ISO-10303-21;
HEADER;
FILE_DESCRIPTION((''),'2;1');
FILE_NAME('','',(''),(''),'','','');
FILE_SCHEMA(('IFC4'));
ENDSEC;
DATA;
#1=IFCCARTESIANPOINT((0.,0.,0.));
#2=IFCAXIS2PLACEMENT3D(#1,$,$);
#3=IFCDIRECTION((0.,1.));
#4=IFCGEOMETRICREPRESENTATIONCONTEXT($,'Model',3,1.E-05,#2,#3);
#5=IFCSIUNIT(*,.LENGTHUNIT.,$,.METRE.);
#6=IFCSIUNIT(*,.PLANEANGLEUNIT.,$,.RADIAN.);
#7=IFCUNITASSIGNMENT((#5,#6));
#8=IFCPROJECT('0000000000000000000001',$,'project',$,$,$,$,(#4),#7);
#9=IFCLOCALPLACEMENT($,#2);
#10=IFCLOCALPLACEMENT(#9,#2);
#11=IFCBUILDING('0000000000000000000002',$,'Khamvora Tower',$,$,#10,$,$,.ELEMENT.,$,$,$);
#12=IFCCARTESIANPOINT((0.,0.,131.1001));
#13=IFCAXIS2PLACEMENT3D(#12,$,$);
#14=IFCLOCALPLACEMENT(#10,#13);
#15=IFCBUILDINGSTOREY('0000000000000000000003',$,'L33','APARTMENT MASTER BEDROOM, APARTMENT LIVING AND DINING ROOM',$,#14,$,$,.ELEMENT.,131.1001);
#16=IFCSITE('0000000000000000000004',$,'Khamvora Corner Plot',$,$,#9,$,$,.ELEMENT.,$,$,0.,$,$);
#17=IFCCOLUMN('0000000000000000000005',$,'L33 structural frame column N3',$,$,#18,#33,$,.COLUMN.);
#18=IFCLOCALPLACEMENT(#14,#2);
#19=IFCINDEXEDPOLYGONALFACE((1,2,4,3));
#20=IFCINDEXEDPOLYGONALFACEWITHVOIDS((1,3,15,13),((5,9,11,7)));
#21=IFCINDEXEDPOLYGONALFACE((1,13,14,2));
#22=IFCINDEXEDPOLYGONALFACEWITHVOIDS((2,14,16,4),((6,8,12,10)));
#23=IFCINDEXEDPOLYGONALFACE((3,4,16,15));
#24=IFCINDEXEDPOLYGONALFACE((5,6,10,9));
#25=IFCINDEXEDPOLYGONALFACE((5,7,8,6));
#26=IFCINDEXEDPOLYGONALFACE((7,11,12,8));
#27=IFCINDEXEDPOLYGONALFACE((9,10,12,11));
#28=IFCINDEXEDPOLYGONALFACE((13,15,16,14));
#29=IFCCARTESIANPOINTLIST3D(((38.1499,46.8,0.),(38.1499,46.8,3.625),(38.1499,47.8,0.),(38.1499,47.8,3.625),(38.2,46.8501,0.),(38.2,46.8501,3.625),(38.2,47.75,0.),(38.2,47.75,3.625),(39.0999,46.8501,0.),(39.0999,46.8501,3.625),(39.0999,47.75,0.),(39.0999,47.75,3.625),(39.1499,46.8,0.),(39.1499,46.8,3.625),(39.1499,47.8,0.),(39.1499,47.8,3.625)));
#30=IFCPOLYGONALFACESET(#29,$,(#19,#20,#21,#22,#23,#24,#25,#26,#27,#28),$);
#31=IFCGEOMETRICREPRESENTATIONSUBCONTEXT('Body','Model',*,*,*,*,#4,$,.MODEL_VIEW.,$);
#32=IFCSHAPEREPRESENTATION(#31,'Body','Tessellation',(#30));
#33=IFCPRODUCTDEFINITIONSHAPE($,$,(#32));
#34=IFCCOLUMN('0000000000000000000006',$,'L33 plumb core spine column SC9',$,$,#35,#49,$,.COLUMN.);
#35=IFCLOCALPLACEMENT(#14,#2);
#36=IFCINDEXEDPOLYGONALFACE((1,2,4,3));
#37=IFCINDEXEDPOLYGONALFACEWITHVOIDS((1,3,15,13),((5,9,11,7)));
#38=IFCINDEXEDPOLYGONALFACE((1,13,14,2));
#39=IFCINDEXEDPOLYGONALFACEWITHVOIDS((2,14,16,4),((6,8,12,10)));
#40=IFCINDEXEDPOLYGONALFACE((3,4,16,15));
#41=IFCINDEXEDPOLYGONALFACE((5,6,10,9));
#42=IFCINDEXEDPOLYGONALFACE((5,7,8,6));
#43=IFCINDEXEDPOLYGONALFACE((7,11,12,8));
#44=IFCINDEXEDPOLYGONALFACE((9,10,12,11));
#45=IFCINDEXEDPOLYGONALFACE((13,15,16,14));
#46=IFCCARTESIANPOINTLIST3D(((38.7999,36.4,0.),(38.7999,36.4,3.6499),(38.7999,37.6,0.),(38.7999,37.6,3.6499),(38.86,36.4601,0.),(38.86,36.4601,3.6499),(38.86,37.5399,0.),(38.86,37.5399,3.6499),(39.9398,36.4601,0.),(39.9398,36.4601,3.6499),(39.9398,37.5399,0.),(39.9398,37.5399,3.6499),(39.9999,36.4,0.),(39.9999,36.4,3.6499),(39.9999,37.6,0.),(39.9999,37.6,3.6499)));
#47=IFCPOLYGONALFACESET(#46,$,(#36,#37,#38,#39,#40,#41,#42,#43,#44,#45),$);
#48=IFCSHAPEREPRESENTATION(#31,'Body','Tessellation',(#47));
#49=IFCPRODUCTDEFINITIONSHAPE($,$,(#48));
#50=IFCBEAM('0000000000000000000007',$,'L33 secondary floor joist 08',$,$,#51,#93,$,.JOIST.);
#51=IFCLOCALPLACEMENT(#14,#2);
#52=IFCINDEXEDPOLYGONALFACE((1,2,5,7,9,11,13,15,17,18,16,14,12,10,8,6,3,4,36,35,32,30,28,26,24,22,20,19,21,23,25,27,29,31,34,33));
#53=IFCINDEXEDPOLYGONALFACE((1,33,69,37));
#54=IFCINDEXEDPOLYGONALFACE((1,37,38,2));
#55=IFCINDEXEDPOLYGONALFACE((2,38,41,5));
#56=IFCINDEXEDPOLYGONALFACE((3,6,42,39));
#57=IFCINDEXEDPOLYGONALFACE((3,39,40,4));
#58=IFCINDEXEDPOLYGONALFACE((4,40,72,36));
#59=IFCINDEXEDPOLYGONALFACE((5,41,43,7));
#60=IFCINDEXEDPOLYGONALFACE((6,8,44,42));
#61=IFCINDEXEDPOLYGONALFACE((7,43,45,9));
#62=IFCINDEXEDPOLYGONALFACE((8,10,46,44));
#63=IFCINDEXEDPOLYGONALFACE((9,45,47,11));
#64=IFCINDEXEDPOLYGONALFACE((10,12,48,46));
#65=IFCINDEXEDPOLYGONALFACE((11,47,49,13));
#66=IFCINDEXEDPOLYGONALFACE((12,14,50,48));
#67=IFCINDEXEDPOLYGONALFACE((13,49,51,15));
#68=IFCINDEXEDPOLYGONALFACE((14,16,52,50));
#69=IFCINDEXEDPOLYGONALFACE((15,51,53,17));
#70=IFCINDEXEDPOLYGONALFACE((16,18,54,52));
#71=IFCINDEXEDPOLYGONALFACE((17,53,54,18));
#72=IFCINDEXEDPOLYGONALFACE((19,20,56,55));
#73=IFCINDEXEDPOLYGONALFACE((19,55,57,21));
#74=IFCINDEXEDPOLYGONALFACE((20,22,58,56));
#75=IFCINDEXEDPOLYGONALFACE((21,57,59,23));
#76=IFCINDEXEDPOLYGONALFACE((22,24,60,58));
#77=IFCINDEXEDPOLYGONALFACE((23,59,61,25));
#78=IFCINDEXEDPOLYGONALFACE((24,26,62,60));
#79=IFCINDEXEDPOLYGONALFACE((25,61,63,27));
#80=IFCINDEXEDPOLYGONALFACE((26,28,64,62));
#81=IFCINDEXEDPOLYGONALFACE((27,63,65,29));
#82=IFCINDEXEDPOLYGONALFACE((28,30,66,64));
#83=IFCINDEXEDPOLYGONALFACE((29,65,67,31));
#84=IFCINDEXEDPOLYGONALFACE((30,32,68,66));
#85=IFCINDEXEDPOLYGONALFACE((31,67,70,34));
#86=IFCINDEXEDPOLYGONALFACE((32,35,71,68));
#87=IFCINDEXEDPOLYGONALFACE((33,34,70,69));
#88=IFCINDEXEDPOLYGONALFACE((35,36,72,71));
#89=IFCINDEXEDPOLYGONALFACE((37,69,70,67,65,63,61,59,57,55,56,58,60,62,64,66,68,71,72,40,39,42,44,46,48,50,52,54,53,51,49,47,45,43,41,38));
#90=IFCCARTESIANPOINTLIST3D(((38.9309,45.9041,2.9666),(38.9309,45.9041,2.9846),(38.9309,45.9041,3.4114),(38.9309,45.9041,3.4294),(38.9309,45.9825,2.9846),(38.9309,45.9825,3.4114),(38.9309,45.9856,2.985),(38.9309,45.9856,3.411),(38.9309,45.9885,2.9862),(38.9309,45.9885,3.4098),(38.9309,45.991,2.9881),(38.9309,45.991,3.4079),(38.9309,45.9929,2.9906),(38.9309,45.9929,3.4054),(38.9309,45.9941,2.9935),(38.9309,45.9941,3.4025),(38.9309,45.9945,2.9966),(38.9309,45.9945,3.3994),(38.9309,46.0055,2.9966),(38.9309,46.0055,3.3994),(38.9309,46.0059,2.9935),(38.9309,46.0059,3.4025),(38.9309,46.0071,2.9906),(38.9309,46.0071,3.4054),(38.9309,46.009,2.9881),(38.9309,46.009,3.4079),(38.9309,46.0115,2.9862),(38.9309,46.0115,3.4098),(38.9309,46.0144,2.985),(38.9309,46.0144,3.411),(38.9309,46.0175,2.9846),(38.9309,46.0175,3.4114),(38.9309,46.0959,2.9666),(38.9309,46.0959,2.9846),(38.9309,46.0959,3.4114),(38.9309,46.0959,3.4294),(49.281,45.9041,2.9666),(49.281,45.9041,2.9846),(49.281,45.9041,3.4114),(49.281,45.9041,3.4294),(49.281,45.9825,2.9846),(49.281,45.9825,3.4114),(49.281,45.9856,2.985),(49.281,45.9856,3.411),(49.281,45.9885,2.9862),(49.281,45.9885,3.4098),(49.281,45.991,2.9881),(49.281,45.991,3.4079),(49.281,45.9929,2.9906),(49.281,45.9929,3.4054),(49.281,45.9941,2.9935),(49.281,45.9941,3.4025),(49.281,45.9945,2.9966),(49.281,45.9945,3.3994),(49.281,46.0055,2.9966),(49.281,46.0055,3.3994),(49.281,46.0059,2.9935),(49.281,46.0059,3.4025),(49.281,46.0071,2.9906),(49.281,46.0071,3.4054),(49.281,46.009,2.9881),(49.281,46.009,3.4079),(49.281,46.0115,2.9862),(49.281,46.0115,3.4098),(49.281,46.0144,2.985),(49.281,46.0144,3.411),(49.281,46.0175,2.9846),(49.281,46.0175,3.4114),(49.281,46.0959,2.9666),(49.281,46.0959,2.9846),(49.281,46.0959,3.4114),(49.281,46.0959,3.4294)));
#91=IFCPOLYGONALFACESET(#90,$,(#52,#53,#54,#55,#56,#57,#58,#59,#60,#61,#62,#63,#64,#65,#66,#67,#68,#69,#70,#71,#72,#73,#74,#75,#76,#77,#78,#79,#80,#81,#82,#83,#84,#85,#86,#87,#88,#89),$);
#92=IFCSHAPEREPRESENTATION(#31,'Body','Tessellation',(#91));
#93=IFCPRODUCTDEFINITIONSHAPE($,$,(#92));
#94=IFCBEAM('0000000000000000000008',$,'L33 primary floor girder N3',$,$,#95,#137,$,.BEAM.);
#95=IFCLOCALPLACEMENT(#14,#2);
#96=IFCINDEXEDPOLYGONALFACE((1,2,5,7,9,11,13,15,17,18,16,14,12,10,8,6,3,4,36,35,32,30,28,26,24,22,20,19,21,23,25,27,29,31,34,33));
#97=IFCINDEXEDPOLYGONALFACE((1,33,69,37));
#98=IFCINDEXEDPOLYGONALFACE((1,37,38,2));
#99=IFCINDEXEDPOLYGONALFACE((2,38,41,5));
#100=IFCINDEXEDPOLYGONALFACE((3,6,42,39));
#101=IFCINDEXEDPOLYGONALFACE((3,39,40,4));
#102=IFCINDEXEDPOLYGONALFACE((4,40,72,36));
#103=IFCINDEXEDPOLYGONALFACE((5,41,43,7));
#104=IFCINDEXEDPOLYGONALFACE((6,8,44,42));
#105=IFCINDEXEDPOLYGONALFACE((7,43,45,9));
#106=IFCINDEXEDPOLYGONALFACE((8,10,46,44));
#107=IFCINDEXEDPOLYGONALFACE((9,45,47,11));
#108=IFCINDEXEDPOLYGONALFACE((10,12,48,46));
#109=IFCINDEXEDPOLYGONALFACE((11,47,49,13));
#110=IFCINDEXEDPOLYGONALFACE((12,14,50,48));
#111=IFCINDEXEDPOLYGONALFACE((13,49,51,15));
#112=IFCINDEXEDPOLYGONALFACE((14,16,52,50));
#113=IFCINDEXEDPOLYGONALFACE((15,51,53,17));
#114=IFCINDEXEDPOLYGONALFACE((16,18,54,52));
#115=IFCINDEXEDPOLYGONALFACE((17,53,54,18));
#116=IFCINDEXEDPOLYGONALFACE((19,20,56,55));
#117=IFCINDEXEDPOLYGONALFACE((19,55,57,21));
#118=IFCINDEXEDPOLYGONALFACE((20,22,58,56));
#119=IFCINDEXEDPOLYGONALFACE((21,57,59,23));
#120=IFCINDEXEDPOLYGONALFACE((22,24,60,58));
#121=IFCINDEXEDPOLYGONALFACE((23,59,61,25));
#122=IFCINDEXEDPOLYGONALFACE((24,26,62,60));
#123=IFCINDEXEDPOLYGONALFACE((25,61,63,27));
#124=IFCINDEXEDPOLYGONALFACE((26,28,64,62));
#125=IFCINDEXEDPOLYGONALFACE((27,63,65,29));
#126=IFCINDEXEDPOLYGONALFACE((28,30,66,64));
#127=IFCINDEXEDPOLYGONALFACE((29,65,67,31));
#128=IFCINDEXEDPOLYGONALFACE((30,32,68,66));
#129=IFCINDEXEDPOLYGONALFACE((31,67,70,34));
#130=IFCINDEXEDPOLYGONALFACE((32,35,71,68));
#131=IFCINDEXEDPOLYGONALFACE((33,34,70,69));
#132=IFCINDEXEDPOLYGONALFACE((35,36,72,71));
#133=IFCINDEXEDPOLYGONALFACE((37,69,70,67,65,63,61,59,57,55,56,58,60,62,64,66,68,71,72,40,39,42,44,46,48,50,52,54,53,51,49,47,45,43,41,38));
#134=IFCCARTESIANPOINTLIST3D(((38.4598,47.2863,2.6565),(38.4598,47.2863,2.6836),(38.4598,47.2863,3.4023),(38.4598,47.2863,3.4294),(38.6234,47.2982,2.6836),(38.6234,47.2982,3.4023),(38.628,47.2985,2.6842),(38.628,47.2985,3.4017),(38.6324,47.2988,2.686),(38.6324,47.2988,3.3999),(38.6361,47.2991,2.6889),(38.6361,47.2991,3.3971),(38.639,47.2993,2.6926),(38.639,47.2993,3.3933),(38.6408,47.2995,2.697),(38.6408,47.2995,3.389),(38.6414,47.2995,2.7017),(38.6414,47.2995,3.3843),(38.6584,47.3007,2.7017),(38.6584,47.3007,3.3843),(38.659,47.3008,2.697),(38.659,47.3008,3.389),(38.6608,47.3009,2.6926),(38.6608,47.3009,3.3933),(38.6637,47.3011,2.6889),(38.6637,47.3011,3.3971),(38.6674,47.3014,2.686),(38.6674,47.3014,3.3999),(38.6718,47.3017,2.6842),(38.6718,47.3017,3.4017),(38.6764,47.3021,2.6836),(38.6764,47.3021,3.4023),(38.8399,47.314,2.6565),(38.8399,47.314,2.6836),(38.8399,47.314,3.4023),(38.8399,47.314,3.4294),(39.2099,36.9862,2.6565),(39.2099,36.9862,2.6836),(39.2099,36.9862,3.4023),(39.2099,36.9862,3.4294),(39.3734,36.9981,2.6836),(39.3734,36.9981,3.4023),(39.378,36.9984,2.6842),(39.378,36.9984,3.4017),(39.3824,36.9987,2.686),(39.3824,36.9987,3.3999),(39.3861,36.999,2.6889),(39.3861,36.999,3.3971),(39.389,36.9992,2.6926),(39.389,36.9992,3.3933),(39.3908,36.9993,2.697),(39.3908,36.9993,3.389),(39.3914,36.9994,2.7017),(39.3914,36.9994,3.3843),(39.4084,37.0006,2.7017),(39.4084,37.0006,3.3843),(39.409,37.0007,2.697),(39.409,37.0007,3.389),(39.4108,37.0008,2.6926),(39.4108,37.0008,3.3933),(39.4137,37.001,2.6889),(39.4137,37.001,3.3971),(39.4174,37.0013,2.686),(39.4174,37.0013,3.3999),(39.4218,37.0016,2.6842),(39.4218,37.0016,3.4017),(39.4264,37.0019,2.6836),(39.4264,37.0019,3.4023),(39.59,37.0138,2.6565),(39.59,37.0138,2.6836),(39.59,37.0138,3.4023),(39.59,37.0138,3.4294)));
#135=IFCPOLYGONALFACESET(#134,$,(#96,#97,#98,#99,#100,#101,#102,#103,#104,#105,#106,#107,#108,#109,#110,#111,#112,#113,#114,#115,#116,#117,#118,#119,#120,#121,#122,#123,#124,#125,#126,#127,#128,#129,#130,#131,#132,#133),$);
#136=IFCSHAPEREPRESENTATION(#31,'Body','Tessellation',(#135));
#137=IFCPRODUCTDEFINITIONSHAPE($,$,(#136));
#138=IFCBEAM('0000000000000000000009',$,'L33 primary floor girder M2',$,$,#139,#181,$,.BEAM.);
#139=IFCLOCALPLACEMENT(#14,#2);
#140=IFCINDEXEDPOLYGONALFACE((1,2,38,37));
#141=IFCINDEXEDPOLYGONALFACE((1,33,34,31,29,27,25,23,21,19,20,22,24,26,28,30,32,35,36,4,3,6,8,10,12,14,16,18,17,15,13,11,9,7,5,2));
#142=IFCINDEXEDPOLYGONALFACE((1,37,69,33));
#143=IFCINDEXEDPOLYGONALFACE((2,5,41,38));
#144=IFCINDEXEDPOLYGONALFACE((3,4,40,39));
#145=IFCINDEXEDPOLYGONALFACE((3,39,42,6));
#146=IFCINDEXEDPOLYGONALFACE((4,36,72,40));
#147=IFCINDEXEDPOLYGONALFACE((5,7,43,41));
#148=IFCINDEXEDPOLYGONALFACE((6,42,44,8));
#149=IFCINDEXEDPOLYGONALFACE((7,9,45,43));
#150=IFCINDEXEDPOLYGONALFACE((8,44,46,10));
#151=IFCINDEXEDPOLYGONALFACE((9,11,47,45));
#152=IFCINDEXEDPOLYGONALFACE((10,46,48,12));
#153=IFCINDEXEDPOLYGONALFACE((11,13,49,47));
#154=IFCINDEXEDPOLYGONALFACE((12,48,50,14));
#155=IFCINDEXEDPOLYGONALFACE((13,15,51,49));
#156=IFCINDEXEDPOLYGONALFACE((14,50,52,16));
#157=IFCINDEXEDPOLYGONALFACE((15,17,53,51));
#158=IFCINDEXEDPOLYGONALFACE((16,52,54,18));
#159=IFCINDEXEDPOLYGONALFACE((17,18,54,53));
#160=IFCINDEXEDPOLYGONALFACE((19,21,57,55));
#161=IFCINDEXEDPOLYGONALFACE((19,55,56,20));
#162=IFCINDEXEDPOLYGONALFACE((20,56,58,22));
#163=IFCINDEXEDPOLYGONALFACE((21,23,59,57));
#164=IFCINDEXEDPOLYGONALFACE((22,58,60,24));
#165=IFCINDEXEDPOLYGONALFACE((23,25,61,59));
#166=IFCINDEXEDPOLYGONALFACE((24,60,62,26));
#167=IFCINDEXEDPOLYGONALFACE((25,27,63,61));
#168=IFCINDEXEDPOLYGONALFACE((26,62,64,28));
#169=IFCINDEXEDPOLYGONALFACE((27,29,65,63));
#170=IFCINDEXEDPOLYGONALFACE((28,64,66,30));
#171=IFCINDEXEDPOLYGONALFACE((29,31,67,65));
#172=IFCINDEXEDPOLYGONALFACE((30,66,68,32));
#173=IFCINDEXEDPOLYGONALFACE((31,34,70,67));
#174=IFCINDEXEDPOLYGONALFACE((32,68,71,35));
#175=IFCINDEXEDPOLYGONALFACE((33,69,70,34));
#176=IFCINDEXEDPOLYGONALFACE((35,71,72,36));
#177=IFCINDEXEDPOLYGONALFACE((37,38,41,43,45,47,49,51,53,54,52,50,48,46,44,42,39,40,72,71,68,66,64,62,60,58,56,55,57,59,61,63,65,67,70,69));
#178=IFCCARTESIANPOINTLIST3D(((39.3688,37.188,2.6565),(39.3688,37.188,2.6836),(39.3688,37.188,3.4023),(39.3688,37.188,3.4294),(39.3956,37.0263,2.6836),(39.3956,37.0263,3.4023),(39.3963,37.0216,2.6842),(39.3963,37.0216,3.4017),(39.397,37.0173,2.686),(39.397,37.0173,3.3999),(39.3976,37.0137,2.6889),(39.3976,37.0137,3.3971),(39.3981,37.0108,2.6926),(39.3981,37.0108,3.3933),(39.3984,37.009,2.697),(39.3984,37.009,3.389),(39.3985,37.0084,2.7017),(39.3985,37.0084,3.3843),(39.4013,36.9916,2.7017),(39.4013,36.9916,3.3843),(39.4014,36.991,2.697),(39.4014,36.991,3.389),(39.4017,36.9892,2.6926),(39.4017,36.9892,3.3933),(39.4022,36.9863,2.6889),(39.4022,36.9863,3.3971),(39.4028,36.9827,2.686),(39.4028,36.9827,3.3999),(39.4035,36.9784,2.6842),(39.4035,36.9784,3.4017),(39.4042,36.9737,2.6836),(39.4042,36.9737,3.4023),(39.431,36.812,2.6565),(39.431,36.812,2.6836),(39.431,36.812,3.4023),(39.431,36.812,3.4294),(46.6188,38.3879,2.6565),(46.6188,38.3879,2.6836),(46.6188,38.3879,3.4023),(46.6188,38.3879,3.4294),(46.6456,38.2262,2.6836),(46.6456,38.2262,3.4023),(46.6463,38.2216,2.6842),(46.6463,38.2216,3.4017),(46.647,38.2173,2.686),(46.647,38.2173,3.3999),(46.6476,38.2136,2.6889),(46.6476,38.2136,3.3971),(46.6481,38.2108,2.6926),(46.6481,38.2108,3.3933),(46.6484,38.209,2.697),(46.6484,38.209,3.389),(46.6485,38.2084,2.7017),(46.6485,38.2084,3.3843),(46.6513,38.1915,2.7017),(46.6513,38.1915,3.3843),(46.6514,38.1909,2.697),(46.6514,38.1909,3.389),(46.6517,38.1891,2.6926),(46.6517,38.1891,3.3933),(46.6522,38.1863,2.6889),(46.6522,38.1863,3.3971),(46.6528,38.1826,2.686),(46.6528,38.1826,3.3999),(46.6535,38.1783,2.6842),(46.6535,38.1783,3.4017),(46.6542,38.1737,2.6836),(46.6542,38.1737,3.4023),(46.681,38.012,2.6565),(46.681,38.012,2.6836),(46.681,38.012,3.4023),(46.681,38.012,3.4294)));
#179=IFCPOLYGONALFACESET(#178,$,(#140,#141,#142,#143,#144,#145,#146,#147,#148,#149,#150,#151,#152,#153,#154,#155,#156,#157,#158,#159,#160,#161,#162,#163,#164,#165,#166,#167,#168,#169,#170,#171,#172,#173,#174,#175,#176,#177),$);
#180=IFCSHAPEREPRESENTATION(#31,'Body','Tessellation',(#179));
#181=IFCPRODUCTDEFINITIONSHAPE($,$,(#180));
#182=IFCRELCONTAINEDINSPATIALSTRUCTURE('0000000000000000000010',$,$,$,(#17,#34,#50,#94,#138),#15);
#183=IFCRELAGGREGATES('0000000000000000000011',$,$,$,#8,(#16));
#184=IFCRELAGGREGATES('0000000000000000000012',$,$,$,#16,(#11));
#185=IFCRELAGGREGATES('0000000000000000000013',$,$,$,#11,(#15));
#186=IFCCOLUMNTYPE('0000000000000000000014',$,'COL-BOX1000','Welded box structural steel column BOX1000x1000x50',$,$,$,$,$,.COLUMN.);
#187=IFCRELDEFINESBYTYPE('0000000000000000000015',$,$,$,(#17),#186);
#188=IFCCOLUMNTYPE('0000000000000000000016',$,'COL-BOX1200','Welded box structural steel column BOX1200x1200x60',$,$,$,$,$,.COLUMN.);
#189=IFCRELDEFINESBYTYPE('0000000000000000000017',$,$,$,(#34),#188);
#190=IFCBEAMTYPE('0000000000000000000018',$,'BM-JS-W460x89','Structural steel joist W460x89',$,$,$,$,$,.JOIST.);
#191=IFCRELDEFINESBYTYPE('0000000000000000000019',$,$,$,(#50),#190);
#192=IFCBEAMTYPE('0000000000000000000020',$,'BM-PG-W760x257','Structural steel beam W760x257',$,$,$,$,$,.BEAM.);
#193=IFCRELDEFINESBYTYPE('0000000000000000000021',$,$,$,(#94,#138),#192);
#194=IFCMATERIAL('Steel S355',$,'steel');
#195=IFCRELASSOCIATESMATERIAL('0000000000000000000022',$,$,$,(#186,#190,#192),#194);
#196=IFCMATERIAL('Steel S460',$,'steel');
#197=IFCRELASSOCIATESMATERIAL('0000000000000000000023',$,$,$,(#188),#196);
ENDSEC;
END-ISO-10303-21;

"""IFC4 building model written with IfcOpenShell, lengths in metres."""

from ifc_helpers import new_model, si_unit, direction, frame, origin, origin_2d, place, context, subcontext, project, spatial, hollow_rectangle, i_section, extrude, material, material_profile, profile_set, type_object, element, save


model = new_model("IFC4")

# Units and contexts
model_context = context("Model", 3, precision=1e-05, world=origin(), true_north=direction((0.0, 1.0)))
body_context = subcontext(model_context, "Body", "Model", "MODEL_VIEW")
ifc_project = project(units=[si_unit("LENGTHUNIT", "METRE"), si_unit("PLANEANGLEUNIT", "RADIAN")], contexts=[model_context])

# Site, building, storey
site_placement = place(None, origin())
site = spatial("IfcSite", under=ifc_project, at=site_placement, Name="Khamvora Corner Plot", CompositionType="ELEMENT", RefElevation=0.0)
building_placement = place(site_placement, origin())
building = spatial("IfcBuilding", under=site, at=building_placement, Name="Khamvora Tower", CompositionType="ELEMENT")
storey_placement = place(building_placement, frame((0.0, 0.0, 131.1001)))
storey = spatial("IfcBuildingStorey", under=building, at=storey_placement, Name="L33", Description="APARTMENT MASTER BEDROOM, APARTMENT LIVING AND DINING ROOM", CompositionType="ELEMENT", Elevation=131.1001)

# Columns
ifc_material_1 = material(Name="Steel S355", Category="steel")
ifc_material_profile_1 = material_profile(ifc_material_1, hollow_rectangle(XDim=1.0, YDim=1.0, WallThickness=0.05, at=origin_2d()), Name="BOX1000x1000x50")
ifc_profile_set_1 = profile_set([ifc_material_profile_1], Name="Steel S355")
column_type_1 = type_object("IfcColumnType", Name="COL-BOX1000", Description="Welded box structural steel column BOX1000x1000x50", PredefinedType="COLUMN", material=ifc_profile_set_1)
column_1_placement = place(storey_placement, frame((38.6499, 47.3, 0.0), z_axis=(0.0, 0.0, 1.0), x_axis=(1.0, 0.0, 0.0)))
element("IfcColumn", 1, at=column_1_placement, inside=storey, type_object=column_type_1, Name="L33 structural frame column N3", PredefinedType="COLUMN", context=body_context, shape_type="SweptSolid", body=[
    extrude(hollow_rectangle(XDim=1.0, YDim=1.0, WallThickness=0.05, at=origin_2d()), origin(), (0.0, 0.0, 1.0), 3.625),
])
ifc_material_2 = material(Name="Steel S460", Category="steel")
ifc_material_profile_2 = material_profile(ifc_material_2, hollow_rectangle(XDim=1.2, YDim=1.2, WallThickness=0.0601, at=origin_2d()), Name="BOX1200x1200x60")
ifc_profile_set_2 = profile_set([ifc_material_profile_2], Name="Steel S460")
column_type_2 = type_object("IfcColumnType", Name="COL-BOX1200", Description="Welded box structural steel column BOX1200x1200x60", PredefinedType="COLUMN", material=ifc_profile_set_2)
column_2_placement = place(storey_placement, frame((39.3999, 37.0, 0.0), z_axis=(0.0, 0.0, 1.0), x_axis=(1.0, 0.0, 0.0)))
element("IfcColumn", 2, at=column_2_placement, inside=storey, type_object=column_type_2, Name="L33 plumb core spine column SC9", PredefinedType="COLUMN", context=body_context, shape_type="SweptSolid", body=[
    extrude(hollow_rectangle(XDim=1.2, YDim=1.2, WallThickness=0.0601, at=origin_2d()), origin(), (0.0, 0.0, 1.0), 3.6499),
])

# Beams
ifc_material_profile_3 = material_profile(ifc_material_1, i_section(OverallWidth=0.1919, OverallDepth=0.4629, WebThickness=0.011, FlangeThickness=0.0181, FilletRadius=0.012, at=origin_2d()), Name="W460x89")
ifc_profile_set_3 = profile_set([ifc_material_profile_3], Name="Steel S355")
beam_type_1 = type_object("IfcBeamType", Name="BM-JS-W460x89", Description="Structural steel joist W460x89", PredefinedType="JOIST", material=ifc_profile_set_3)
beam_1_placement = place(storey_placement, frame((38.9309, 46.0, 3.198), z_axis=(1.0, 0.0, 0.0), x_axis=(0.0, 1.0, 0.0)))
element("IfcBeam", 3, at=beam_1_placement, inside=storey, type_object=beam_type_1, Name="L33 secondary floor joist 08", PredefinedType="JOIST", context=body_context, shape_type="SweptSolid", body=[
    extrude(i_section(OverallWidth=0.1919, OverallDepth=0.4629, WebThickness=0.011, FlangeThickness=0.0181, FilletRadius=0.012, at=origin_2d()), origin(), (0.0, 0.0, 1.0), 10.3501),
])
ifc_material_profile_4 = material_profile(ifc_material_1, i_section(OverallWidth=0.3811, OverallDepth=0.7729, WebThickness=0.0171, FlangeThickness=0.0271, FilletRadius=0.0181, at=origin_2d()), Name="W760x257")
ifc_profile_set_4 = profile_set([ifc_material_profile_4], Name="Steel S355")
beam_type_2 = type_object("IfcBeamType", Name="BM-PG-W760x257", Description="Structural steel beam W760x257", PredefinedType="BEAM", material=ifc_profile_set_4)
beam_2_placement = place(storey_placement, frame((39.3999, 37.0, 3.043), z_axis=(-0.072623, 0.997359, 0.0), x_axis=(-0.997359, -0.072623, 0.0)))
element("IfcBeam", 4, at=beam_2_placement, inside=storey, type_object=beam_type_2, Name="L33 primary floor girder N3", PredefinedType="BEAM", context=body_context, shape_type="SweptSolid", body=[
    extrude(i_section(OverallWidth=0.3811, OverallDepth=0.7729, WebThickness=0.0171, FlangeThickness=0.0271, FilletRadius=0.0181, at=origin_2d()), origin(), (0.0, 0.0, 1.0), 10.3274),
])
beam_3_placement = place(storey_placement, frame((39.3999, 37.0, 3.043), z_axis=(0.986578, 0.163289, 0.0), x_axis=(-0.163289, 0.986578, 0.0)))
element("IfcBeam", 5, at=beam_3_placement, inside=storey, type_object=beam_type_2, Name="L33 primary floor girder M2", PredefinedType="BEAM", context=body_context, shape_type="SweptSolid", body=[
    extrude(i_section(OverallWidth=0.3811, OverallDepth=0.7729, WebThickness=0.0171, FlangeThickness=0.0271, FilletRadius=0.0181, at=origin_2d()), origin(), (0.0, 0.0, 1.0), 7.3486),
])

save(model, "model.ifc")
